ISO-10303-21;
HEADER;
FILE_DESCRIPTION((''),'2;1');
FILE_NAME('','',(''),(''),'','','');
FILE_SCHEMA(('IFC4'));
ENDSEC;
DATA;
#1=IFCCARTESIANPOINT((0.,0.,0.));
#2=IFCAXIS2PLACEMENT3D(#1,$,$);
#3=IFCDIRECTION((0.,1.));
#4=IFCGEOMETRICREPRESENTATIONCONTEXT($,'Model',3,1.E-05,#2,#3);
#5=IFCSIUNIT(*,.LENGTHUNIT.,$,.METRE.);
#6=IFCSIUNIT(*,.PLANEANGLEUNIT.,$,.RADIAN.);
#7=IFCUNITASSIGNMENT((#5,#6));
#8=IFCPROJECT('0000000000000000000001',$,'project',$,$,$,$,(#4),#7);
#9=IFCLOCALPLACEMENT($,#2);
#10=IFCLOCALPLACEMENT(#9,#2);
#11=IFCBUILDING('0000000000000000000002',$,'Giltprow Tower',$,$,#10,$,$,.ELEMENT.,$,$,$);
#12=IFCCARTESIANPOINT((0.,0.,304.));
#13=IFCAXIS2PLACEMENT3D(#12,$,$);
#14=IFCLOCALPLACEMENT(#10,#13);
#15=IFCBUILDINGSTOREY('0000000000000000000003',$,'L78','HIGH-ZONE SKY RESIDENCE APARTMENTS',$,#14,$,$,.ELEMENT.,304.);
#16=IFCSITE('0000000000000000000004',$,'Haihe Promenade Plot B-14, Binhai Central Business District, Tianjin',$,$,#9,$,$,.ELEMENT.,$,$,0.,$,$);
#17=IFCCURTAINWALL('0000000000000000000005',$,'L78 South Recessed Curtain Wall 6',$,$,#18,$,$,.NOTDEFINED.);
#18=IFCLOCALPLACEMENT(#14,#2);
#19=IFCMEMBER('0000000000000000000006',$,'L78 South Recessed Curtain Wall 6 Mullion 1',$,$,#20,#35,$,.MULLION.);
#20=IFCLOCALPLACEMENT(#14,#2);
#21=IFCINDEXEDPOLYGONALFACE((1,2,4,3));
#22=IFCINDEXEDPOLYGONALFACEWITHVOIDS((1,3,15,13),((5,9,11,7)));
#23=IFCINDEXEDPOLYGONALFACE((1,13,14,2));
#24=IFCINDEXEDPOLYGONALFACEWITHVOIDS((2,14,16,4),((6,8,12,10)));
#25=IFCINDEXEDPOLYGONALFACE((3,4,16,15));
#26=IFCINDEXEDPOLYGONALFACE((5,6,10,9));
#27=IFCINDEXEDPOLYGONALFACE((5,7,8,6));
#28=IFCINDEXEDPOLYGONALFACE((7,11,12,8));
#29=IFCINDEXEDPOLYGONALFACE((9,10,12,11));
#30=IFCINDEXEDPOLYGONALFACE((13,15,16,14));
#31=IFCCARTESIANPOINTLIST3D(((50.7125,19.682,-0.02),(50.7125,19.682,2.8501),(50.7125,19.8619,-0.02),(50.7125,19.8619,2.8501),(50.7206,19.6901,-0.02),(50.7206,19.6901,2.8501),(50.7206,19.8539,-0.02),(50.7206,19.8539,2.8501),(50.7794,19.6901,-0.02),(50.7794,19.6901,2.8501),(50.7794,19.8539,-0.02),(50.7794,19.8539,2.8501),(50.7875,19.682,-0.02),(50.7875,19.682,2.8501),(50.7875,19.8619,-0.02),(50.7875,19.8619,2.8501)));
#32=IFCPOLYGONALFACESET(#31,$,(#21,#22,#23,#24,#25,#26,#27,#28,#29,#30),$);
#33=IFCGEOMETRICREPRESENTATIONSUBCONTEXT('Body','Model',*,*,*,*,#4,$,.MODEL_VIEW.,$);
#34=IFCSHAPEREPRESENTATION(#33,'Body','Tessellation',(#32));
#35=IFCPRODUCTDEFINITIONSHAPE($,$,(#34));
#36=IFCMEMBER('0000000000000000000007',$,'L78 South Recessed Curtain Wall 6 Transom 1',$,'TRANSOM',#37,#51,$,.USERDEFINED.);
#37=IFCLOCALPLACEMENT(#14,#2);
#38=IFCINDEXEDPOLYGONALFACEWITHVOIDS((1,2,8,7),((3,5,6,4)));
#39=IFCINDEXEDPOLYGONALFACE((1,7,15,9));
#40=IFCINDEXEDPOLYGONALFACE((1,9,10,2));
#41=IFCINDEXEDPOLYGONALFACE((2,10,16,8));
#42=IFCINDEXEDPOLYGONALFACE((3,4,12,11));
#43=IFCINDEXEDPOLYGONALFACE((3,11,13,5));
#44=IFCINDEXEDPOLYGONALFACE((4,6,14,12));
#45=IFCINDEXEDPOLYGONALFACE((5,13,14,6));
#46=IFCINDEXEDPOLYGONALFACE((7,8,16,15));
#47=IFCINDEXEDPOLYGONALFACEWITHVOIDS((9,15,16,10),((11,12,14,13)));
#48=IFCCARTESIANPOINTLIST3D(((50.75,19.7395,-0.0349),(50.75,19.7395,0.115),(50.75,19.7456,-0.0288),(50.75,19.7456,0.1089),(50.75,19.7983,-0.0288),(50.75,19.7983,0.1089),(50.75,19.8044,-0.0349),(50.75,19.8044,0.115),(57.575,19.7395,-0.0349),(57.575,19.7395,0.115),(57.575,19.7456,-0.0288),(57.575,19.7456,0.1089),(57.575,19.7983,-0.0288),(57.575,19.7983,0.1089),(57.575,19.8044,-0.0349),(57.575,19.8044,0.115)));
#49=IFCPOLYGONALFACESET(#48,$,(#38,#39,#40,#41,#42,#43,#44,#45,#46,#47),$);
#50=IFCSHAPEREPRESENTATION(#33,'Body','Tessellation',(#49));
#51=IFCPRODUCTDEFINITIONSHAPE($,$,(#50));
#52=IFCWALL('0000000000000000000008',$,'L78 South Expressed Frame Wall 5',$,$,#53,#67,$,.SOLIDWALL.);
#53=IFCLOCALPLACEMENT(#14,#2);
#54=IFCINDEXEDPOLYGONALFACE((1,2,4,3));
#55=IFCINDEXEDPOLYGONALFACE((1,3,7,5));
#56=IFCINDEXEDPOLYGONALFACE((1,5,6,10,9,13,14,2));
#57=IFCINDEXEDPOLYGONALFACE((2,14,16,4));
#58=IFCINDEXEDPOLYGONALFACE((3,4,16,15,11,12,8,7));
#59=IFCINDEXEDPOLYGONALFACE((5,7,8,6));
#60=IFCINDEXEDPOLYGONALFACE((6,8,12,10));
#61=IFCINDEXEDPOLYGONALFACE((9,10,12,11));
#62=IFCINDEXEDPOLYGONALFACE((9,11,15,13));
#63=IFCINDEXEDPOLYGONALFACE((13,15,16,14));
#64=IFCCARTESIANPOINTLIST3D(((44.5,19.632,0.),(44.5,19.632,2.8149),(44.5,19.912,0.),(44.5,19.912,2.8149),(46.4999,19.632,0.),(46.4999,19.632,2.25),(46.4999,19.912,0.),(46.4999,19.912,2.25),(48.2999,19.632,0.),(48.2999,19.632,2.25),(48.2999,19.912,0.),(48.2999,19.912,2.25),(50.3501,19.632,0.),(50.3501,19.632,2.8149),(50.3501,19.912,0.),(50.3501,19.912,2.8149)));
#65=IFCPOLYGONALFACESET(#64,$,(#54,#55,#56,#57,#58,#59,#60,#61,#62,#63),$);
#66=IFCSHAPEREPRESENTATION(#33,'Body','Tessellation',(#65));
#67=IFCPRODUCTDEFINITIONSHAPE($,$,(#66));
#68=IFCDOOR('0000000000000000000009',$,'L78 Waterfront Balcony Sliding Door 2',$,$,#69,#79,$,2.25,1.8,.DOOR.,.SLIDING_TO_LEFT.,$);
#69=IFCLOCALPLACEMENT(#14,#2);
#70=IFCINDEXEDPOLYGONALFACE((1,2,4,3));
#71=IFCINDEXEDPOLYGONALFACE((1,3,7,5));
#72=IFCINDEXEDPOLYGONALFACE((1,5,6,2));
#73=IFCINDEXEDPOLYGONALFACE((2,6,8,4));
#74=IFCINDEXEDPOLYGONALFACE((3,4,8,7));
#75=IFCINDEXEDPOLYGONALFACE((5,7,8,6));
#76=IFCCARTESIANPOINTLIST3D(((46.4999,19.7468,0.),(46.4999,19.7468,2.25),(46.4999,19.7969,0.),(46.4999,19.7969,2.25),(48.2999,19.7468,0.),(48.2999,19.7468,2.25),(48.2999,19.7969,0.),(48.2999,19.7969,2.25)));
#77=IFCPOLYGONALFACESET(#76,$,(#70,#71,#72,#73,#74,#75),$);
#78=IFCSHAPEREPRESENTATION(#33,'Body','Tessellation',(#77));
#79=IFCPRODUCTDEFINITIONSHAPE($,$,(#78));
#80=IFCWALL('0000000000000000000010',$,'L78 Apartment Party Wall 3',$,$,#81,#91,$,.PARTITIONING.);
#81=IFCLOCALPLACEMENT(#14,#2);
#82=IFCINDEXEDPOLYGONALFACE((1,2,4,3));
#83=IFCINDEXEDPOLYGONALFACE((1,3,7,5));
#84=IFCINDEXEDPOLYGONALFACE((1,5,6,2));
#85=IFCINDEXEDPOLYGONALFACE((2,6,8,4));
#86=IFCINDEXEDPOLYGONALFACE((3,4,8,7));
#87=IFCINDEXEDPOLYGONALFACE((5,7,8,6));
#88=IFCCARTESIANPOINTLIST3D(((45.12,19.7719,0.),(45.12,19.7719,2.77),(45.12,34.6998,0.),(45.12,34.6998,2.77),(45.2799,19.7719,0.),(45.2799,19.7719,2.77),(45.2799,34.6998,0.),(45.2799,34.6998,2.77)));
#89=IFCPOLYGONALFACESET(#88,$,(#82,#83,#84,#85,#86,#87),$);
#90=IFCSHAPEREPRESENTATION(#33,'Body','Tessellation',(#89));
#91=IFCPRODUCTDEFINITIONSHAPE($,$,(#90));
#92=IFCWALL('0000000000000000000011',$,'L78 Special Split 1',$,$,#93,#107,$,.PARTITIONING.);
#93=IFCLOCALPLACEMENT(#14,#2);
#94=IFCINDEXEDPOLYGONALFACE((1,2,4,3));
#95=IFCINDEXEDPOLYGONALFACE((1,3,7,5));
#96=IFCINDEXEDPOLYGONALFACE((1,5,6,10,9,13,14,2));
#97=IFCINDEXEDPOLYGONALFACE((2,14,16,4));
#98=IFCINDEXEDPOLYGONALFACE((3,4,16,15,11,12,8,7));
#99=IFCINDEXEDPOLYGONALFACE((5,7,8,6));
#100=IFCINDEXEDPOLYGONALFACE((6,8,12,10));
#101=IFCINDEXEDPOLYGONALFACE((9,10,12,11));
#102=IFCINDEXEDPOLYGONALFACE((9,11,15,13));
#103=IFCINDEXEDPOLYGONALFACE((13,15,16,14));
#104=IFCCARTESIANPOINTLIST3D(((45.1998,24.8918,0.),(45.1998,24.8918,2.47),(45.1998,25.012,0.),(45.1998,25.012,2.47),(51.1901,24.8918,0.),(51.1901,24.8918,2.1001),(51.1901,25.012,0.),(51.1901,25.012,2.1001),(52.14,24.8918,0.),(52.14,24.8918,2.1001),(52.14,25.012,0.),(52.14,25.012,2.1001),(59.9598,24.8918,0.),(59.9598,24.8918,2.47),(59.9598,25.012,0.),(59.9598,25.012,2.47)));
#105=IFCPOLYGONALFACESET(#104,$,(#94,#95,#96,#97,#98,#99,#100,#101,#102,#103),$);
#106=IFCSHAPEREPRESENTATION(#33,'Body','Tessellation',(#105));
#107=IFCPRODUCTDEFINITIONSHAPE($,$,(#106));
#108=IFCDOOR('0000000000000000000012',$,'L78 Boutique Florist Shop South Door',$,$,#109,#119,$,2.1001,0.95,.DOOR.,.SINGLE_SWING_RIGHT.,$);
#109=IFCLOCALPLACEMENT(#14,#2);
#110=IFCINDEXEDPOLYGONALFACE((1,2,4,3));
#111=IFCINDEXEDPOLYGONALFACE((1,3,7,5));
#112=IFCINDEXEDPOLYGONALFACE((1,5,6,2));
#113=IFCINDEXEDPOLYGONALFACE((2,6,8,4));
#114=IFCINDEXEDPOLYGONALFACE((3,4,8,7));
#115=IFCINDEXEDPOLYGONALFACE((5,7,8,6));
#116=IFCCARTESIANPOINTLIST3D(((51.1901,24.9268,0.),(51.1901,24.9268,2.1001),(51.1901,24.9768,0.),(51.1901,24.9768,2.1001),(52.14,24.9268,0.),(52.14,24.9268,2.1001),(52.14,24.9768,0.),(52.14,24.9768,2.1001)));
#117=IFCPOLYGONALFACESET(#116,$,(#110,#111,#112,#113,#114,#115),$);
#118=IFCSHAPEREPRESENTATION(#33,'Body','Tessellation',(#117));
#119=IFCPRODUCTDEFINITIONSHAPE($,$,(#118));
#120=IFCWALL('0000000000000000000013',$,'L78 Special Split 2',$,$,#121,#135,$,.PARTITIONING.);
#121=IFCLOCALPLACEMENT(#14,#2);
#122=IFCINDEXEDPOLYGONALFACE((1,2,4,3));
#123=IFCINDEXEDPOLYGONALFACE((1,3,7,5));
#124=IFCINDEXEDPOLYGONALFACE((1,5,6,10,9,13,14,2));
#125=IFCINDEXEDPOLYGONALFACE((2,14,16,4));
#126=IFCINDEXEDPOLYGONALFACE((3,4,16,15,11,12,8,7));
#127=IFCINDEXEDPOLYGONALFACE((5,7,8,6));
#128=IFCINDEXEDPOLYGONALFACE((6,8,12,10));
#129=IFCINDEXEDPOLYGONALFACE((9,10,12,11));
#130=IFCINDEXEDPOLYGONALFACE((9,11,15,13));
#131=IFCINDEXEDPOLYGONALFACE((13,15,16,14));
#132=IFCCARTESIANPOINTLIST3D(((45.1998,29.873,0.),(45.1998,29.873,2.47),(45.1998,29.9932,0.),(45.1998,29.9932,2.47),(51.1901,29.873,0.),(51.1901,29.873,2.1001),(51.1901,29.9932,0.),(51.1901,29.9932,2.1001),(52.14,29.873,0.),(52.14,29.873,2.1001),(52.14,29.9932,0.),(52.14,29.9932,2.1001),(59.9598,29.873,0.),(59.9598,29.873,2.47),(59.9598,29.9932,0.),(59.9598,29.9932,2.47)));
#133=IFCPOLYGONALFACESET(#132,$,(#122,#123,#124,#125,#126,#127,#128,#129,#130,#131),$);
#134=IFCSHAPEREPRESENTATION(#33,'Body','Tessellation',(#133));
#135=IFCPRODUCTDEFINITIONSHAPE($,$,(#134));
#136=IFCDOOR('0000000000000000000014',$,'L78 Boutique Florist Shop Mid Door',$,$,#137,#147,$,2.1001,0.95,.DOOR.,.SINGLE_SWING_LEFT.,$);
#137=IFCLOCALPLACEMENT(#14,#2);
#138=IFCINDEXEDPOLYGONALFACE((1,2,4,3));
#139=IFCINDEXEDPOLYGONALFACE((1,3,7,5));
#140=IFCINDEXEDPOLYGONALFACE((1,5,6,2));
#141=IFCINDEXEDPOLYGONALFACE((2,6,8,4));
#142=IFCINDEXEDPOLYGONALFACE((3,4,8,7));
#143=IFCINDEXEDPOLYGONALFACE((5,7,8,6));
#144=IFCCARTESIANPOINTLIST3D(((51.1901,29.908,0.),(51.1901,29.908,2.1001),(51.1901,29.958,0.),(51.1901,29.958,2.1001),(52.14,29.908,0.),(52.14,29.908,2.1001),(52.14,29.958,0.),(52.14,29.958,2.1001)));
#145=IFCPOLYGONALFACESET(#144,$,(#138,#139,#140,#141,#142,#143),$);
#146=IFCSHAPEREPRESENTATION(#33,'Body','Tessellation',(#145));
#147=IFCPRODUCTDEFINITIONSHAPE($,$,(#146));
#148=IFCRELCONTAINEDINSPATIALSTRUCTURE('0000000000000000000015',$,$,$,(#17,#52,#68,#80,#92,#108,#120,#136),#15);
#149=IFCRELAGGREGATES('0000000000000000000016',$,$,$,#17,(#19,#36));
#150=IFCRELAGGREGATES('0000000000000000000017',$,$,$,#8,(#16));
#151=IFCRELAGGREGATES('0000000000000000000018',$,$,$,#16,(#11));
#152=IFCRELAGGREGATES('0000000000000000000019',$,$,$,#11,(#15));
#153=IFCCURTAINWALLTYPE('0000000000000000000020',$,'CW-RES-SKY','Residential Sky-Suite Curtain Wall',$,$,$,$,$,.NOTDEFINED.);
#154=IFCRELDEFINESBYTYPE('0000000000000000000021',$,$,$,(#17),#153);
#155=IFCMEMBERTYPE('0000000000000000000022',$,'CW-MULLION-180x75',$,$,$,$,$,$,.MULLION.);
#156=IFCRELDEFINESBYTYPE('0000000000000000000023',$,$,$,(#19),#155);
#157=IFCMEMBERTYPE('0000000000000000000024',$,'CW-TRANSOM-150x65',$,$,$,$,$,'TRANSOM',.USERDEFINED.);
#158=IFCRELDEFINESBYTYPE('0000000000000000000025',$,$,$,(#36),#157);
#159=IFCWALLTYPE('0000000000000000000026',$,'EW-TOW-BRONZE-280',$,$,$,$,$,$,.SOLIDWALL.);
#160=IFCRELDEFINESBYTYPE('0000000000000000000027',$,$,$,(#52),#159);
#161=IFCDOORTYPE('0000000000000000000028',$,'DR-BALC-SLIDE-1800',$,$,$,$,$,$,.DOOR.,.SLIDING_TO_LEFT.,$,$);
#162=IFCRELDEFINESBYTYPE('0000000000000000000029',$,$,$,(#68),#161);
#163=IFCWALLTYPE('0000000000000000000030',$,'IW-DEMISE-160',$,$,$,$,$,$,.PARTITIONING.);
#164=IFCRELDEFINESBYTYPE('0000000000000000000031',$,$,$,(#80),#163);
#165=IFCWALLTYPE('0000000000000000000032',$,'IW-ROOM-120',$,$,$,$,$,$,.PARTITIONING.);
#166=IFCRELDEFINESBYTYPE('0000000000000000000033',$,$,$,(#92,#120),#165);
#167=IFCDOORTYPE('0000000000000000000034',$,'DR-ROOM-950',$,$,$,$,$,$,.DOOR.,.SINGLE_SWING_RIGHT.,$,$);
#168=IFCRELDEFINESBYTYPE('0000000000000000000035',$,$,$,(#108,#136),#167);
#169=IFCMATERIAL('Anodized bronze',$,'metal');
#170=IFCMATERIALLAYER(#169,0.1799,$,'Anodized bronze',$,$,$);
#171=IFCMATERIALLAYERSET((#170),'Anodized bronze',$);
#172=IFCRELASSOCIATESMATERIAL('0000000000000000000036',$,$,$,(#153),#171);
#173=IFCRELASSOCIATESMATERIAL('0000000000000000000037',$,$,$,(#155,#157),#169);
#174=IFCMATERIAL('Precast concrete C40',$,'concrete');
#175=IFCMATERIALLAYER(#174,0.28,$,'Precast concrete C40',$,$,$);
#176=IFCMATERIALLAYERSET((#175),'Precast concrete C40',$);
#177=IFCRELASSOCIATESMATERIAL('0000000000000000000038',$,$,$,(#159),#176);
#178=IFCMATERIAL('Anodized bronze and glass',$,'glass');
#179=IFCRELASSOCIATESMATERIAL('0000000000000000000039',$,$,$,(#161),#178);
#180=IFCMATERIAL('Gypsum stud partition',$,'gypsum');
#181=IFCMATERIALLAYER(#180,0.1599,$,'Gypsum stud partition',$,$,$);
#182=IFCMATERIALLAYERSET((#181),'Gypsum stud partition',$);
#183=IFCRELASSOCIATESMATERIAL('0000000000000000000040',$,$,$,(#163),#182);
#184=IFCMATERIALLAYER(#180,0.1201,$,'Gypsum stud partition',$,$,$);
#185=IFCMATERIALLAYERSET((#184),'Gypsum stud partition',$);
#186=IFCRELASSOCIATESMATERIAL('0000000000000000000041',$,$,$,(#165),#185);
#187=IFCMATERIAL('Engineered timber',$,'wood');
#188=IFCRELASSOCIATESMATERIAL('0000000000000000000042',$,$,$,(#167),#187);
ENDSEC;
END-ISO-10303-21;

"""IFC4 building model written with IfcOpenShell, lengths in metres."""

from ifc_helpers import new_model, si_unit, direction, frame, frame_2d, origin, origin_2d, place, context, subcontext, project, spatial, rectangle, hollow_rectangle, extrude, source, transform, mapped, material, layer, layer_set, material_profile, profile_set, type_object, element, fill, aggregate, save


model = new_model("IFC4")

# Units and contexts
model_context = context("Model", 3, precision=1e-05, world=origin(), true_north=direction((0.0, 1.0)))
body_context = subcontext(model_context, "Body", "Model", "MODEL_VIEW")
ifc_project = project(units=[si_unit("LENGTHUNIT", "METRE"), si_unit("PLANEANGLEUNIT", "RADIAN")], contexts=[model_context])

# Site, building, storey
site_placement = place(None, origin())
site = spatial("IfcSite", under=ifc_project, at=site_placement, Name="Haihe Promenade Plot B-14, Binhai Central Business District, Tianjin", CompositionType="ELEMENT", RefElevation=0.0)
building_placement = place(site_placement, origin())
building = spatial("IfcBuilding", under=site, at=building_placement, Name="Giltprow Tower", CompositionType="ELEMENT")
storey_placement = place(building_placement, frame((0.0, 0.0, 304.0)))
storey = spatial("IfcBuildingStorey", under=building, at=storey_placement, Name="L78", Description="HIGH-ZONE SKY RESIDENCE APARTMENTS", CompositionType="ELEMENT", Elevation=304.0)

# Curtain wall, members
ifc_material_1 = material(Name="Anodized bronze", Category="metal")
ifc_layer_1 = layer(ifc_material_1, 0.1799, Name="Anodized bronze")
ifc_layer_set_1 = layer_set([ifc_layer_1], Name="Anodized bronze")
curtain_wall_type = type_object("IfcCurtainWallType", Name="CW-RES-SKY", Description="Residential Sky-Suite Curtain Wall", PredefinedType="NOTDEFINED", material=ifc_layer_set_1)
curtain_wall_placement = place(storey_placement, origin())
curtain_wall = element("IfcCurtainWall", 1, at=curtain_wall_placement, inside=storey, type_object=curtain_wall_type, Name="L78 South Recessed Curtain Wall 6", PredefinedType="NOTDEFINED")
ifc_material_profile_1 = material_profile(ifc_material_1, hollow_rectangle(XDim=0.075, YDim=0.1799, WallThickness=0.0081, at=origin_2d()), Name="RHS 180x75x8")
ifc_profile_set_1 = profile_set([ifc_material_profile_1], Name="Anodized bronze")
member_type_1 = type_object("IfcMemberType", Name="CW-MULLION-180x75", PredefinedType="MULLION", material=ifc_profile_set_1)
shared_shape_1 = source(origin(), body_context, "Body", "SweptSolid", [
    extrude(hollow_rectangle(XDim=0.075, YDim=0.1799, WallThickness=0.0081, at=origin_2d()), origin(), (0.0, 0.0, 1.0), 2.8701),
])
member_1_placement = place(storey_placement, frame((50.75, 19.772, -0.02), z_axis=(0.0, 0.0, 1.0), x_axis=(1.0, 0.0, 0.0)))
member_1 = element("IfcMember", 2, at=member_1_placement, type_object=member_type_1, Name="L78 South Recessed Curtain Wall 6 Mullion 1", PredefinedType="MULLION", context=body_context, shape_type="MappedRepresentation", body=[
    mapped(shared_shape_1, transform((0.0, 0.0, 0.0), x_axis=(1.0, 0.0, 0.0), y_axis=(0.0, 1.0, 0.0), z_axis=(0.0, 0.0, 1.0), scale=1.0)),
])
ifc_material_profile_2 = material_profile(ifc_material_1, hollow_rectangle(XDim=0.0649, YDim=0.1499, WallThickness=0.0061, at=origin_2d()), Name="RHS 150x65x6")
ifc_profile_set_2 = profile_set([ifc_material_profile_2], Name="Anodized bronze")
member_type_2 = type_object("IfcMemberType", Name="CW-TRANSOM-150x65", ElementType="TRANSOM", PredefinedType="USERDEFINED", material=ifc_profile_set_2)
shared_shape_2 = source(origin(), body_context, "Body", "SweptSolid", [
    extrude(hollow_rectangle(XDim=0.0649, YDim=0.1499, WallThickness=0.0061, at=origin_2d()), origin(), (0.0, 0.0, 1.0), 6.825),
])
member_2_placement = place(storey_placement, frame((50.75, 19.772, 0.04), z_axis=(1.0, 0.0, 0.0), x_axis=(0.0, 1.0, 0.0)))
member_2 = element("IfcMember", 3, at=member_2_placement, type_object=member_type_2, Name="L78 South Recessed Curtain Wall 6 Transom 1", ObjectType="TRANSOM", PredefinedType="USERDEFINED", context=body_context, shape_type="MappedRepresentation", body=[
    mapped(shared_shape_2, transform((0.0, 0.0, 0.0), x_axis=(1.0, 0.0, 0.0), y_axis=(0.0, 1.0, 0.0), z_axis=(0.0, 0.0, 1.0), scale=1.0)),
])
aggregate(curtain_wall, [member_1, member_2])

# Wall, opening, door
ifc_material_2 = material(Name="Precast concrete C40", Category="concrete")
ifc_layer_2 = layer(ifc_material_2, 0.28, Name="Precast concrete C40")
ifc_layer_set_2 = layer_set([ifc_layer_2], Name="Precast concrete C40")
wall_type_1 = type_object("IfcWallType", Name="EW-TOW-BRONZE-280", PredefinedType="SOLIDWALL", material=ifc_layer_set_2)
wall_1_placement = place(storey_placement, frame((44.5, 19.772, 0.0), z_axis=(0.0, 0.0, 1.0), x_axis=(1.0, 0.0, 0.0)))
wall_1 = element("IfcWall", 4, at=wall_1_placement, inside=storey, type_object=wall_type_1, Name="L78 South Expressed Frame Wall 5", PredefinedType="SOLIDWALL", context=body_context, shape_type="SweptSolid", body=[
    extrude(rectangle(XDim=5.8501, YDim=0.28, at=frame_2d((2.925, 0.0))), origin(), (0.0, 0.0, 1.0), 2.8149),
])
opening_1_placement = place(wall_1_placement, frame((2.0, 0.0, 0.0)))
opening_1 = element("IfcOpeningElement", 5, at=opening_1_placement, cuts=wall_1, PredefinedType="OPENING", context=body_context, shape_type="SweptSolid", body=[
    extrude(rectangle(XDim=1.8, YDim=2.25, at=frame_2d((0.8999, 1.125))), frame((0.0, 0.1499, 0.0), z_axis=(0.0, -1.0, 0.0), x_axis=(1.0, 0.0, 0.0)), (0.0, 0.0, 1.0), 0.3),
])
ifc_material_3 = material(Name="Anodized bronze and glass", Category="glass")
door_type_1 = type_object("IfcDoorType", Name="DR-BALC-SLIDE-1800", OperationType="SLIDING_TO_LEFT", PredefinedType="DOOR", material=ifc_material_3)
shared_shape_3 = source(origin(), body_context, "Body", "SweptSolid", [
    extrude(rectangle(XDim=1.8, YDim=2.25, at=frame_2d((0.8999, 1.125))), frame((0.0, 0.0249, 0.0), z_axis=(0.0, -1.0, 0.0), x_axis=(1.0, 0.0, 0.0)), (0.0, 0.0, 1.0), 0.05),
])
door_1_placement = place(opening_1_placement, origin())
door_1 = element("IfcDoor", 6, at=door_1_placement, inside=storey, type_object=door_type_1, Name="L78 Waterfront Balcony Sliding Door 2", OperationType="SLIDING_TO_LEFT", OverallHeight=2.25, OverallWidth=1.8, PredefinedType="DOOR", context=body_context, shape_type="MappedRepresentation", body=[
    mapped(shared_shape_3, transform((0.0, 0.0, 0.0), x_axis=(1.0, 0.0, 0.0), y_axis=(0.0, 1.0, 0.0), z_axis=(0.0, 0.0, 1.0), scale=1.0)),
])
fill(opening_1, door_1)

# Wall
ifc_material_4 = material(Name="Gypsum stud partition", Category="gypsum")
ifc_layer_3 = layer(ifc_material_4, 0.1599, Name="Gypsum stud partition")
ifc_layer_set_3 = layer_set([ifc_layer_3], Name="Gypsum stud partition")
wall_type_2 = type_object("IfcWallType", Name="IW-DEMISE-160", PredefinedType="PARTITIONING", material=ifc_layer_set_3)
wall_2_placement = place(storey_placement, frame((45.2, 19.772, 0.0), z_axis=(0.0, 0.0, 1.0), x_axis=(0.0, 1.0, 0.0)))
element("IfcWall", 7, at=wall_2_placement, inside=storey, type_object=wall_type_2, Name="L78 Apartment Party Wall 3", PredefinedType="PARTITIONING", context=body_context, shape_type="SweptSolid", body=[
    extrude(rectangle(XDim=14.928, YDim=0.1599, at=frame_2d((7.4639, 0.0))), origin(), (0.0, 0.0, 1.0), 2.77),
])

# Walls, openings, doors
ifc_layer_4 = layer(ifc_material_4, 0.1201, Name="Gypsum stud partition")
ifc_layer_set_4 = layer_set([ifc_layer_4], Name="Gypsum stud partition")
wall_type_3 = type_object("IfcWallType", Name="IW-ROOM-120", PredefinedType="PARTITIONING", material=ifc_layer_set_4)
wall_3_placement = place(storey_placement, frame((45.2, 24.9519, 0.0), z_axis=(0.0, 0.0, 1.0), x_axis=(1.0, 0.0, 0.0)))
wall_3 = element("IfcWall", 8, at=wall_3_placement, inside=storey, type_object=wall_type_3, Name="L78 Special Split 1", PredefinedType="PARTITIONING", context=body_context, shape_type="SweptSolid", body=[
    extrude(rectangle(XDim=14.76, YDim=0.1201, at=frame_2d((7.3799, 0.0))), origin(), (0.0, 0.0, 1.0), 2.47),
])
opening_2_placement = place(wall_3_placement, frame((5.99, 0.0, 0.0)))
opening_2 = element("IfcOpeningElement", 9, at=opening_2_placement, cuts=wall_3, PredefinedType="OPENING", context=body_context, shape_type="SweptSolid", body=[
    extrude(rectangle(XDim=0.95, YDim=2.1001, at=frame_2d((0.4751, 1.05))), frame((0.0, 0.0701, 0.0), z_axis=(0.0, -1.0, 0.0), x_axis=(1.0, 0.0, 0.0)), (0.0, 0.0, 1.0), 0.1401),
])
ifc_material_5 = material(Name="Engineered timber", Category="wood")
door_type_2 = type_object("IfcDoorType", Name="DR-ROOM-950", OperationType="SINGLE_SWING_RIGHT", PredefinedType="DOOR", material=ifc_material_5)
shared_shape_4 = source(origin(), body_context, "Body", "SweptSolid", [
    extrude(rectangle(XDim=0.95, YDim=2.1001, at=frame_2d((0.4751, 1.05))), frame((0.0, 0.0249, 0.0), z_axis=(0.0, -1.0, 0.0), x_axis=(1.0, 0.0, 0.0)), (0.0, 0.0, 1.0), 0.05),
])
door_2_placement = place(opening_2_placement, origin())
door_2 = element("IfcDoor", 10, at=door_2_placement, inside=storey, type_object=door_type_2, Name="L78 Boutique Florist Shop South Door", OperationType="SINGLE_SWING_RIGHT", OverallHeight=2.1001, OverallWidth=0.95, PredefinedType="DOOR", context=body_context, shape_type="MappedRepresentation", body=[
    mapped(shared_shape_4, transform((0.0, 0.0, 0.0), x_axis=(1.0, 0.0, 0.0), y_axis=(0.0, 1.0, 0.0), z_axis=(0.0, 0.0, 1.0), scale=1.0)),
])
fill(opening_2, door_2)
wall_4_placement = place(storey_placement, frame((45.2, 29.9331, 0.0), z_axis=(0.0, 0.0, 1.0), x_axis=(1.0, 0.0, 0.0)))
wall_4 = element("IfcWall", 11, at=wall_4_placement, inside=storey, type_object=wall_type_3, Name="L78 Special Split 2", PredefinedType="PARTITIONING", context=body_context, shape_type="SweptSolid", body=[
    extrude(rectangle(XDim=14.76, YDim=0.1201, at=frame_2d((7.3799, 0.0))), origin(), (0.0, 0.0, 1.0), 2.47),
])
opening_3_placement = place(wall_4_placement, frame((5.99, 0.0, 0.0)))
opening_3 = element("IfcOpeningElement", 12, at=opening_3_placement, cuts=wall_4, PredefinedType="OPENING", context=body_context, shape_type="SweptSolid", body=[
    extrude(rectangle(XDim=0.95, YDim=2.1001, at=frame_2d((0.4751, 1.05))), frame((0.0, 0.0701, 0.0), z_axis=(0.0, -1.0, 0.0), x_axis=(1.0, 0.0, 0.0)), (0.0, 0.0, 1.0), 0.1401),
])
door_3_placement = place(opening_3_placement, origin())
door_3 = element("IfcDoor", 13, at=door_3_placement, inside=storey, type_object=door_type_2, Name="L78 Boutique Florist Shop Mid Door", OperationType="SINGLE_SWING_LEFT", OverallHeight=2.1001, OverallWidth=0.95, PredefinedType="DOOR", context=body_context, shape_type="MappedRepresentation", body=[
    mapped(shared_shape_4, transform((0.0, 0.0, 0.0), x_axis=(1.0, 0.0, 0.0), y_axis=(0.0, 1.0, 0.0), z_axis=(0.0, 0.0, 1.0), scale=1.0)),
])
fill(opening_3, door_3)

save(model, "model.ifc")
